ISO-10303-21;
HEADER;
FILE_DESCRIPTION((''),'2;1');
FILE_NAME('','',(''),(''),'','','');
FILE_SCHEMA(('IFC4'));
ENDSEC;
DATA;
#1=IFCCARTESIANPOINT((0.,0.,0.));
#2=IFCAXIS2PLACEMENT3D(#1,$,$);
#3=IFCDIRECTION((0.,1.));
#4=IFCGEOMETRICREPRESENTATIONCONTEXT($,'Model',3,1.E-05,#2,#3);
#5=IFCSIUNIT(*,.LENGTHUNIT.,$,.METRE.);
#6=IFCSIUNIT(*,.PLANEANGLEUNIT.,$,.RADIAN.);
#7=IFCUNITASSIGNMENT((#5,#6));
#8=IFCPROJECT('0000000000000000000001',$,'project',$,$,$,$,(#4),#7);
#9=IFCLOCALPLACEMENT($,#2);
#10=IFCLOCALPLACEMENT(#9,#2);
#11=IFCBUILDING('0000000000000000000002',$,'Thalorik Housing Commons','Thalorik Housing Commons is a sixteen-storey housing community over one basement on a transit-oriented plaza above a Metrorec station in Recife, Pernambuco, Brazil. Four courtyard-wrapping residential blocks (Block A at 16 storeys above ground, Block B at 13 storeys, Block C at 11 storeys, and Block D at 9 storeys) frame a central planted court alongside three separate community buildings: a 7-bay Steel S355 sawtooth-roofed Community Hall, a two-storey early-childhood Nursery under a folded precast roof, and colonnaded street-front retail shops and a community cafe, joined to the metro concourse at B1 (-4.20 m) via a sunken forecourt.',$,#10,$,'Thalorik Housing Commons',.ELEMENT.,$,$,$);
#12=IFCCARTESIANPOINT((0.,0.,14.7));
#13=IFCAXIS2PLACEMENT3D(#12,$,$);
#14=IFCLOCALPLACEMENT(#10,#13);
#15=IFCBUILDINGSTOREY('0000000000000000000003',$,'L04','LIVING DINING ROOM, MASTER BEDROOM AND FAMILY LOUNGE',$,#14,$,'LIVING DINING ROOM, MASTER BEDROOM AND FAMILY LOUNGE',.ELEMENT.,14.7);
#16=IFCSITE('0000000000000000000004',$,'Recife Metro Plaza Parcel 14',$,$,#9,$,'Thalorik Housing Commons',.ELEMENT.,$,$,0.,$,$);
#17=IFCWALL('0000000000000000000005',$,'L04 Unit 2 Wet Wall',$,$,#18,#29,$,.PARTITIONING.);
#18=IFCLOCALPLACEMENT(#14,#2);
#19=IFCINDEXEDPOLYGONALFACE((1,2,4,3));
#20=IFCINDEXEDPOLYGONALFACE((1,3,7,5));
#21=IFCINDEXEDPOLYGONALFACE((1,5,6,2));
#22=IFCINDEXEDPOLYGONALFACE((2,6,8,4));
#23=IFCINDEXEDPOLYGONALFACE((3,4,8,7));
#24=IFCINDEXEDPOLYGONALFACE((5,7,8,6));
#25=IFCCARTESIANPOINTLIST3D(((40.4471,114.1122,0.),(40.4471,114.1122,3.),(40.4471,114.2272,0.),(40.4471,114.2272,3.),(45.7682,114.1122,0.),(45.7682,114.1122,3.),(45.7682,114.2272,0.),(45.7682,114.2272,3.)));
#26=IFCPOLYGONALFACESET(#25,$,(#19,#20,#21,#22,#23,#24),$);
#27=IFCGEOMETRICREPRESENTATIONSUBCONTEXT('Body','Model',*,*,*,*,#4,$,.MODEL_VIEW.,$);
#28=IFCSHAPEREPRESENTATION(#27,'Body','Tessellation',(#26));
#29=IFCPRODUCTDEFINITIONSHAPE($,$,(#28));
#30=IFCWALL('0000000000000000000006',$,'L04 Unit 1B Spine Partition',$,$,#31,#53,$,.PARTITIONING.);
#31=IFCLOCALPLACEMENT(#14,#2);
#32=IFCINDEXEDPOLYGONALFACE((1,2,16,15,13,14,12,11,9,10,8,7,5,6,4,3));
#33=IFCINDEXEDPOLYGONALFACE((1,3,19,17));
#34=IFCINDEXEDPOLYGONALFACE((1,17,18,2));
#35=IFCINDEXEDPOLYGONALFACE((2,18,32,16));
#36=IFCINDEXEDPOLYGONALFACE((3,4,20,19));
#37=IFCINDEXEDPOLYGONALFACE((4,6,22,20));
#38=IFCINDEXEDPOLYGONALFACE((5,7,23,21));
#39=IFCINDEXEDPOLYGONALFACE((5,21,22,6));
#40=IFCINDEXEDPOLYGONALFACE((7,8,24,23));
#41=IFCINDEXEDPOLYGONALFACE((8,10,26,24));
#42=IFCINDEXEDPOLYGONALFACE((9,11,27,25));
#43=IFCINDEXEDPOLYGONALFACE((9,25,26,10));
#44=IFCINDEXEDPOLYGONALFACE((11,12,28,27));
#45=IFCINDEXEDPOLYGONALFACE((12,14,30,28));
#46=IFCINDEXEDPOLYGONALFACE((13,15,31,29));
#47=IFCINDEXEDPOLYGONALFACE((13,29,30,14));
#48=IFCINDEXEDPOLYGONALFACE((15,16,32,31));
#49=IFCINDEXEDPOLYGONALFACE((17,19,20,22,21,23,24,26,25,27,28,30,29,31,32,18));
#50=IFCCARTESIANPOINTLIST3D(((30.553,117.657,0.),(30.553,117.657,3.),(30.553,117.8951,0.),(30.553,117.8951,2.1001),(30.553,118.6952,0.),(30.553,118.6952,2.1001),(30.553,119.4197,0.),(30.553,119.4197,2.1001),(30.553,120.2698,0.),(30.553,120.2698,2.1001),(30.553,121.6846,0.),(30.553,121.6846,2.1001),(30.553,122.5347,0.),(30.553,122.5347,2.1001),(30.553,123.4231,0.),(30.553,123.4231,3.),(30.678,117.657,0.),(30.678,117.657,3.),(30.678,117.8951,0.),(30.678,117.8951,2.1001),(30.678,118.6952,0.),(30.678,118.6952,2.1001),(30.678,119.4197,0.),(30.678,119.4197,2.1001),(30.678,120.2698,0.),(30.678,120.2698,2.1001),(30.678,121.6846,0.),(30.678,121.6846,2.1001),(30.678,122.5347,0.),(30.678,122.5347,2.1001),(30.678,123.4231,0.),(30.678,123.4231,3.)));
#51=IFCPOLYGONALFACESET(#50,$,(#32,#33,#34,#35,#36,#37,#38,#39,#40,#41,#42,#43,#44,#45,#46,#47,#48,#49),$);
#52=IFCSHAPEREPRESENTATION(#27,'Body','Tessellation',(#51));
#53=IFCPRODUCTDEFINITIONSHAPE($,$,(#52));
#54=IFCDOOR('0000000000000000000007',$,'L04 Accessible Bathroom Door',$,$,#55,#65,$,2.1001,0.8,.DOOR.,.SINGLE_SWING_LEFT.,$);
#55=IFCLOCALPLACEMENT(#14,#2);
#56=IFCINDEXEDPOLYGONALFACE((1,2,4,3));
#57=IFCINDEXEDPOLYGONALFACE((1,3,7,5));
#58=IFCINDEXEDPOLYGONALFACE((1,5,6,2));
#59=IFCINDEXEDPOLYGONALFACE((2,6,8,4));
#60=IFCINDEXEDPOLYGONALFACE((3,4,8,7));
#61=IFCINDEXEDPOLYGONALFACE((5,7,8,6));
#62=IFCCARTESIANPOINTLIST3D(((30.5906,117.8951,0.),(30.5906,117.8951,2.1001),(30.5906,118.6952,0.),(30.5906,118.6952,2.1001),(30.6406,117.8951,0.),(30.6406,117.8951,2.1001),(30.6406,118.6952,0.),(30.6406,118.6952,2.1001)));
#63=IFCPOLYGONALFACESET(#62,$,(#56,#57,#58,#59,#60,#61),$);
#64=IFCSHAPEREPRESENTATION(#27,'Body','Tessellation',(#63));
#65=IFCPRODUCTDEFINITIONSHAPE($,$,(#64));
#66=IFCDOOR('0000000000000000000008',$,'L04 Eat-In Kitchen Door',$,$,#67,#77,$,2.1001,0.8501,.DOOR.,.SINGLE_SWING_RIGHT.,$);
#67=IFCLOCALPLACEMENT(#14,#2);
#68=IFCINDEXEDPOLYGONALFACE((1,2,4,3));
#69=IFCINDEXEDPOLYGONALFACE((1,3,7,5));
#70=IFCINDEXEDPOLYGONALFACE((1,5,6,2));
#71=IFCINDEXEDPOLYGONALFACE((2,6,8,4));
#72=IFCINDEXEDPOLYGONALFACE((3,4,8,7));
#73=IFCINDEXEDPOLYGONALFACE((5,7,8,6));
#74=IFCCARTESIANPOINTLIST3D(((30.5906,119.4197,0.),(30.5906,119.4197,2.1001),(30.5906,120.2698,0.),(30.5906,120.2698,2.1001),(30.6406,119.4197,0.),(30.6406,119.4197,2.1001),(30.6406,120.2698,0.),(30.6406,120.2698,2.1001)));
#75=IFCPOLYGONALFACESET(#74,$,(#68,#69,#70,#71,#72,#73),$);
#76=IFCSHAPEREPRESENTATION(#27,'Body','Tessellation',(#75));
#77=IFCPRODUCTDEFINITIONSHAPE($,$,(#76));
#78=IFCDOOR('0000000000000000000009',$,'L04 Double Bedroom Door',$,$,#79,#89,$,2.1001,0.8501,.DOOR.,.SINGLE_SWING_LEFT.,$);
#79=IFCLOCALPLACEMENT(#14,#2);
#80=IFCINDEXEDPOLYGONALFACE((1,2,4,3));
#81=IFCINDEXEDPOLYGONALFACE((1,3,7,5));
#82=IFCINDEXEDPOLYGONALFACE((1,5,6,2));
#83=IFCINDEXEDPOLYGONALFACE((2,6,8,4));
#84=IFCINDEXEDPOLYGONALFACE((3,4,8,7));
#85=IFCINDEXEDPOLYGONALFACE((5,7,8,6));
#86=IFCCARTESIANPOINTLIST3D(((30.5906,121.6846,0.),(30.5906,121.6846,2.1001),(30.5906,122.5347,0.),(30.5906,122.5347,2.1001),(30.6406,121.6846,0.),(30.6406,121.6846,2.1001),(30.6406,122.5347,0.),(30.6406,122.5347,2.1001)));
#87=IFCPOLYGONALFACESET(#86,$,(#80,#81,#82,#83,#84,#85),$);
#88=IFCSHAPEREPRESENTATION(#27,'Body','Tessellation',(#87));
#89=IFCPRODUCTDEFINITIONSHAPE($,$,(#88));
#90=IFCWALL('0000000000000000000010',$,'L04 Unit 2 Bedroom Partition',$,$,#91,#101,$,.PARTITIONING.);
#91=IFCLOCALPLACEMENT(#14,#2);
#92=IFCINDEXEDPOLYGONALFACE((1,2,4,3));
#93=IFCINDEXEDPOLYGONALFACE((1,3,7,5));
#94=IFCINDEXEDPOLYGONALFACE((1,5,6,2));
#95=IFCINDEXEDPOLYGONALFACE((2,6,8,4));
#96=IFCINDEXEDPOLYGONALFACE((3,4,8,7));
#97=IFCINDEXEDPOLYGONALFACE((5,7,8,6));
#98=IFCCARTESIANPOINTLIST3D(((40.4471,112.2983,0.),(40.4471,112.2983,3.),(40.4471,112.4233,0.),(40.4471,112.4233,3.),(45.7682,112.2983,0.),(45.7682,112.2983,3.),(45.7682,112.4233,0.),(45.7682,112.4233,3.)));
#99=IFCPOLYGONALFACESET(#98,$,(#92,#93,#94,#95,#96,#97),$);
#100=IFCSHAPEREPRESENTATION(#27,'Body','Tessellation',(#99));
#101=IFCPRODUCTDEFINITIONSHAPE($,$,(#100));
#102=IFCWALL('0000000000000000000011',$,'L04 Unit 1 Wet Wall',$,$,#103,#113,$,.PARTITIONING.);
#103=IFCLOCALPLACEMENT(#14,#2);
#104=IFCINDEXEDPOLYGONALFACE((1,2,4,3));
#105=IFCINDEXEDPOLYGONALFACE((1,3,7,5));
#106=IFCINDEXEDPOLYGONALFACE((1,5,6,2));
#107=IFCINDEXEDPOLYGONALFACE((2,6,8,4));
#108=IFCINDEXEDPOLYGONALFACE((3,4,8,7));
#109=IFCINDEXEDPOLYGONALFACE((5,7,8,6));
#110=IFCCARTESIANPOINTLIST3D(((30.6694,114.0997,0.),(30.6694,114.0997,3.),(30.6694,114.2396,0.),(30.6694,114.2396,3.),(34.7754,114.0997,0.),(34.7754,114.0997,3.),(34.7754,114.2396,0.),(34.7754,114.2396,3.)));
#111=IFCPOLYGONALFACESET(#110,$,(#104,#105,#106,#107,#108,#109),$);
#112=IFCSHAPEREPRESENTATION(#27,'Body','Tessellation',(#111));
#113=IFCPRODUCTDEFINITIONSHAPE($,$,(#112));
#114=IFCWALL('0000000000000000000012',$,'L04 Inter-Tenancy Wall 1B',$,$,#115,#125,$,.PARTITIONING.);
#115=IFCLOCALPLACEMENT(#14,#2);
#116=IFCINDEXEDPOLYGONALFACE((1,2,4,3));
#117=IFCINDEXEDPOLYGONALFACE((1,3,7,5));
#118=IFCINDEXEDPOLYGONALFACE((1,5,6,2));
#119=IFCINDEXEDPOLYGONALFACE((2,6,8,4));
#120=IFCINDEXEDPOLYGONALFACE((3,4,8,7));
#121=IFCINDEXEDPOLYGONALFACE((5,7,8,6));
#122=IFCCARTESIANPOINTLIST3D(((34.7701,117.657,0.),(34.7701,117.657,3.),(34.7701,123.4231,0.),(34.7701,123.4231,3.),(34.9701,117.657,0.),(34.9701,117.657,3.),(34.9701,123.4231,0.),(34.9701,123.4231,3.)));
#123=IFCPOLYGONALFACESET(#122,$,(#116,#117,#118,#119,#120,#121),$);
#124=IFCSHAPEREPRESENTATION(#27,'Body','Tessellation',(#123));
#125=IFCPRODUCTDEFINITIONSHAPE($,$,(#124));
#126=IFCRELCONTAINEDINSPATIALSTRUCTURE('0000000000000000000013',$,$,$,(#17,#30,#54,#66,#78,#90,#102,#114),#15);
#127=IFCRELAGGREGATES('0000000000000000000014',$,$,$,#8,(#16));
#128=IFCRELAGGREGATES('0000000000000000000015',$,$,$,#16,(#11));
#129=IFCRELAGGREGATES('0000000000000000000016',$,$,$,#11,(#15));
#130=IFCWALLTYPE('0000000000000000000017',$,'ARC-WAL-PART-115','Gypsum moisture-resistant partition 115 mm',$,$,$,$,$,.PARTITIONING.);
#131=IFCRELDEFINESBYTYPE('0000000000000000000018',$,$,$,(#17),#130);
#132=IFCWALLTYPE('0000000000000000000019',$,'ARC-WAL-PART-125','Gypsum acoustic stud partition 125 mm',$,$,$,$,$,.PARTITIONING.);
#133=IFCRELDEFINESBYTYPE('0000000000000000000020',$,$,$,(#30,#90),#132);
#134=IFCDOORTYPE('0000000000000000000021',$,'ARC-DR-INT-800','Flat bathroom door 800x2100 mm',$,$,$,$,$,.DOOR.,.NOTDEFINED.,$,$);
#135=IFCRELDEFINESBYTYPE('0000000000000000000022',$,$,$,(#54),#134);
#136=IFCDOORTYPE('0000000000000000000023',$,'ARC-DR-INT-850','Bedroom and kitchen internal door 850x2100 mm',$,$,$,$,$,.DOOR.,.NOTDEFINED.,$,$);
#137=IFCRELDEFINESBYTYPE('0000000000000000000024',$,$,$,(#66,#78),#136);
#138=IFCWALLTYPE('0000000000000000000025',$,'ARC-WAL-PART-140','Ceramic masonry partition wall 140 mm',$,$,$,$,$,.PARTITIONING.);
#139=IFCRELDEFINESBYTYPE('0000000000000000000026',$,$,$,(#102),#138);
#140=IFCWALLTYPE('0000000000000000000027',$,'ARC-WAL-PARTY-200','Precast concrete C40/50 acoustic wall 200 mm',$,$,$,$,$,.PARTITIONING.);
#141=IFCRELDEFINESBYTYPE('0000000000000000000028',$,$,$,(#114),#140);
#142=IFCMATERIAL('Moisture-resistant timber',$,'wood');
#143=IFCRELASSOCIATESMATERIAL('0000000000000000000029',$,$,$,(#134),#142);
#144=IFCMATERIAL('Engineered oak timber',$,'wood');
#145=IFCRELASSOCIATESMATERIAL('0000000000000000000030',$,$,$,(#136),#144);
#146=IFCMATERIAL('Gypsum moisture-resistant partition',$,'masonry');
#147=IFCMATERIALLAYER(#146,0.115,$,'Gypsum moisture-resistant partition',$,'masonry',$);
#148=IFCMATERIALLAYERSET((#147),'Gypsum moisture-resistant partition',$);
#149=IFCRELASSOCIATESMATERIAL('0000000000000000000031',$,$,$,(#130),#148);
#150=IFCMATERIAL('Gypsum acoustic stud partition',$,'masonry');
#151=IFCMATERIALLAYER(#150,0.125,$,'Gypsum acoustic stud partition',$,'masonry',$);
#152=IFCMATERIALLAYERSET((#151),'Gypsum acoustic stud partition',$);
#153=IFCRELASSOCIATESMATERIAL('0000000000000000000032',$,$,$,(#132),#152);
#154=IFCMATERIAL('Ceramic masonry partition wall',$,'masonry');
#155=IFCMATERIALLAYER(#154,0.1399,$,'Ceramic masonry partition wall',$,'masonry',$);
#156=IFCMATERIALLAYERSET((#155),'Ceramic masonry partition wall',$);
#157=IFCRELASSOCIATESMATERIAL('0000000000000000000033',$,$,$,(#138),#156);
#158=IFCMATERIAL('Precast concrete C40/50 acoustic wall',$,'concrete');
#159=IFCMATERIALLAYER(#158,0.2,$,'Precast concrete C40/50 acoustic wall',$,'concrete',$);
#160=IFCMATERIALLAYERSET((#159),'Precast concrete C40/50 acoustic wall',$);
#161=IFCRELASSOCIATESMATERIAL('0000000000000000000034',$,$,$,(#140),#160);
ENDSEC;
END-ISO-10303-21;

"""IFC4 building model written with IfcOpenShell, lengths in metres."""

from ifc_helpers import new_model, si_unit, direction, frame, frame_2d, origin, place, context, subcontext, project, spatial, rectangle, extrude, material, layer, layer_set, type_object, element, fill, save


model = new_model("IFC4")

# Units and contexts
model_context = context("Model", 3, precision=1e-05, world=origin(), true_north=direction((0.0, 1.0)))
body_context = subcontext(model_context, "Body", "Model", "MODEL_VIEW")
ifc_project = project(units=[si_unit("LENGTHUNIT", "METRE"), si_unit("PLANEANGLEUNIT", "RADIAN")], contexts=[model_context])

# Site, building, storey
site_placement = place(None, origin())
site = spatial("IfcSite", under=ifc_project, at=site_placement, Name="Recife Metro Plaza Parcel 14", LongName="Thalorik Housing Commons", CompositionType="ELEMENT", RefElevation=0.0)
building_placement = place(site_placement, origin())
building = spatial("IfcBuilding", under=site, at=building_placement, Name="Thalorik Housing Commons", Description="Thalorik Housing Commons is a sixteen-storey housing community over one basement on a transit-oriented plaza above a Metrorec station in Recife, Pernambuco, Brazil. Four courtyard-wrapping residential blocks (Block A at 16 storeys above ground, Block B at 13 storeys, Block C at 11 storeys, and Block D at 9 storeys) frame a central planted court alongside three separate community buildings: a 7-bay Steel S355 sawtooth-roofed Community Hall, a two-storey early-childhood Nursery under a folded precast roof, and colonnaded street-front retail shops and a community cafe, joined to the metro concourse at B1 (-4.20 m) via a sunken forecourt.", LongName="Thalorik Housing Commons", CompositionType="ELEMENT")
storey_placement = place(building_placement, frame((0.0, 0.0, 14.7)))
storey = spatial("IfcBuildingStorey", under=building, at=storey_placement, Name="L04", Description="LIVING DINING ROOM, MASTER BEDROOM AND FAMILY LOUNGE", LongName="LIVING DINING ROOM, MASTER BEDROOM AND FAMILY LOUNGE", CompositionType="ELEMENT", Elevation=14.7)

# Shared definitions
ifc_material_1 = material(Name="Moisture-resistant timber", Category="wood")
door_type_1 = type_object("IfcDoorType", Name="ARC-DR-INT-800", Description="Flat bathroom door 800x2100 mm", OperationType="NOTDEFINED", PredefinedType="DOOR", material=ifc_material_1)
ifc_material_2 = material(Name="Engineered oak timber", Category="wood")
door_type_2 = type_object("IfcDoorType", Name="ARC-DR-INT-850", Description="Bedroom and kitchen internal door 850x2100 mm", OperationType="NOTDEFINED", PredefinedType="DOOR", material=ifc_material_2)

# Wall
ifc_material_3 = material(Name="Gypsum moisture-resistant partition", Category="masonry")
ifc_layer_1 = layer(ifc_material_3, 0.115, Name="Gypsum moisture-resistant partition", Category="masonry")
ifc_layer_set_1 = layer_set([ifc_layer_1], Name="Gypsum moisture-resistant partition")
wall_type_1 = type_object("IfcWallType", Name="ARC-WAL-PART-115", Description="Gypsum moisture-resistant partition 115 mm", PredefinedType="PARTITIONING", material=ifc_layer_set_1)
wall_1_placement = place(storey_placement, frame((40.447, 114.1697, 0.0), z_axis=(0.0, 0.0, 1.0), x_axis=(1.0, 0.0, 0.0)))
element("IfcWall", 1, at=wall_1_placement, inside=storey, type_object=wall_type_1, Name="L04 Unit 2 Wet Wall", PredefinedType="PARTITIONING", context=body_context, shape_type="SweptSolid", body=[
    extrude(rectangle(XDim=5.321, YDim=0.115, at=frame_2d((2.6606, 0.0))), origin(), (0.0, 0.0, 1.0), 3.0),
])

# Wall, openings, doors
ifc_material_4 = material(Name="Gypsum acoustic stud partition", Category="masonry")
ifc_layer_2 = layer(ifc_material_4, 0.125, Name="Gypsum acoustic stud partition", Category="masonry")
ifc_layer_set_2 = layer_set([ifc_layer_2], Name="Gypsum acoustic stud partition")
wall_type_2 = type_object("IfcWallType", Name="ARC-WAL-PART-125", Description="Gypsum acoustic stud partition 125 mm", PredefinedType="PARTITIONING", material=ifc_layer_set_2)
wall_2_placement = place(storey_placement, frame((30.6155, 117.657, 0.0), z_axis=(0.0, 0.0, 1.0), x_axis=(0.0, 1.0, 0.0)))
wall_2 = element("IfcWall", 2, at=wall_2_placement, inside=storey, type_object=wall_type_2, Name="L04 Unit 1B Spine Partition", PredefinedType="PARTITIONING", context=body_context, shape_type="SweptSolid", body=[
    extrude(rectangle(XDim=5.7661, YDim=0.125, at=frame_2d((2.8831, 0.0))), origin(), (0.0, 0.0, 1.0), 3.0),
])
opening_1_placement = place(wall_2_placement, frame((0.2383, 0.0, 0.0)))
opening_1 = element("IfcOpeningElement", 3, at=opening_1_placement, cuts=wall_2, PredefinedType="OPENING", context=body_context, shape_type="SweptSolid", body=[
    extrude(rectangle(XDim=0.8, YDim=2.1001, at=frame_2d((0.3999, 1.05))), frame((0.0, 0.0725, 0.0), z_axis=(0.0, -1.0, 0.0), x_axis=(1.0, 0.0, 0.0)), (0.0, 0.0, 1.0), 0.145),
])
opening_2_placement = place(wall_2_placement, frame((1.7627, 0.0, 0.0)))
opening_2 = element("IfcOpeningElement", 4, at=opening_2_placement, cuts=wall_2, PredefinedType="OPENING", context=body_context, shape_type="SweptSolid", body=[
    extrude(rectangle(XDim=0.8501, YDim=2.1001, at=frame_2d((0.425, 1.05))), frame((0.0, 0.0725, 0.0), z_axis=(0.0, -1.0, 0.0), x_axis=(1.0, 0.0, 0.0)), (0.0, 0.0, 1.0), 0.145),
])
opening_3_placement = place(wall_2_placement, frame((4.0276, 0.0, 0.0)))
opening_3 = element("IfcOpeningElement", 5, at=opening_3_placement, cuts=wall_2, PredefinedType="OPENING", context=body_context, shape_type="SweptSolid", body=[
    extrude(rectangle(XDim=0.8501, YDim=2.1001, at=frame_2d((0.425, 1.05))), frame((0.0, 0.0725, 0.0), z_axis=(0.0, -1.0, 0.0), x_axis=(1.0, 0.0, 0.0)), (0.0, 0.0, 1.0), 0.145),
])
door_1_placement = place(opening_1_placement, origin())
door_1 = element("IfcDoor", 6, at=door_1_placement, inside=storey, type_object=door_type_1, Name="L04 Accessible Bathroom Door", OperationType="SINGLE_SWING_LEFT", OverallHeight=2.1001, OverallWidth=0.8, PredefinedType="DOOR", context=body_context, shape_type="SweptSolid", body=[
    extrude(rectangle(XDim=0.8, YDim=2.1001, at=frame_2d((0.3999, 1.05))), frame((0.0, 0.0249, 0.0), z_axis=(0.0, -1.0, 0.0), x_axis=(1.0, 0.0, 0.0)), (0.0, 0.0, 1.0), 0.05),
])
fill(opening_1, door_1)
door_2_placement = place(opening_2_placement, origin())
door_2 = element("IfcDoor", 7, at=door_2_placement, inside=storey, type_object=door_type_2, Name="L04 Eat-In Kitchen Door", OperationType="SINGLE_SWING_RIGHT", OverallHeight=2.1001, OverallWidth=0.8501, PredefinedType="DOOR", context=body_context, shape_type="SweptSolid", body=[
    extrude(rectangle(XDim=0.8501, YDim=2.1001, at=frame_2d((0.425, 1.05))), frame((0.0, 0.0249, 0.0), z_axis=(0.0, -1.0, 0.0), x_axis=(1.0, 0.0, 0.0)), (0.0, 0.0, 1.0), 0.05),
])
fill(opening_2, door_2)
door_3_placement = place(opening_3_placement, origin())
door_3 = element("IfcDoor", 8, at=door_3_placement, inside=storey, type_object=door_type_2, Name="L04 Double Bedroom Door", OperationType="SINGLE_SWING_LEFT", OverallHeight=2.1001, OverallWidth=0.8501, PredefinedType="DOOR", context=body_context, shape_type="SweptSolid", body=[
    extrude(rectangle(XDim=0.8501, YDim=2.1001, at=frame_2d((0.425, 1.05))), frame((0.0, 0.0249, 0.0), z_axis=(0.0, -1.0, 0.0), x_axis=(1.0, 0.0, 0.0)), (0.0, 0.0, 1.0), 0.05),
])
fill(opening_3, door_3)

# Walls
wall_3_placement = place(storey_placement, frame((40.447, 112.3608, 0.0), z_axis=(0.0, 0.0, 1.0), x_axis=(1.0, 0.0, 0.0)))
element("IfcWall", 9, at=wall_3_placement, inside=storey, type_object=wall_type_2, Name="L04 Unit 2 Bedroom Partition", PredefinedType="PARTITIONING", context=body_context, shape_type="SweptSolid", body=[
    extrude(rectangle(XDim=5.321, YDim=0.125, at=frame_2d((2.6606, 0.0))), origin(), (0.0, 0.0, 1.0), 3.0),
])
ifc_material_5 = material(Name="Ceramic masonry partition wall", Category="masonry")
ifc_layer_3 = layer(ifc_material_5, 0.1399, Name="Ceramic masonry partition wall", Category="masonry")
ifc_layer_set_3 = layer_set([ifc_layer_3], Name="Ceramic masonry partition wall")
wall_type_3 = type_object("IfcWallType", Name="ARC-WAL-PART-140", Description="Ceramic masonry partition wall 140 mm", PredefinedType="PARTITIONING", material=ifc_layer_set_3)
wall_4_placement = place(storey_placement, frame((30.6694, 114.1697, 0.0), z_axis=(0.0, 0.0, 1.0), x_axis=(1.0, 0.0, 0.0)))
element("IfcWall", 10, at=wall_4_placement, inside=storey, type_object=wall_type_3, Name="L04 Unit 1 Wet Wall", PredefinedType="PARTITIONING", context=body_context, shape_type="SweptSolid", body=[
    extrude(rectangle(XDim=4.106, YDim=0.1399, at=frame_2d((2.053, 0.0))), origin(), (0.0, 0.0, 1.0), 3.0),
])
ifc_material_6 = material(Name="Precast concrete C40/50 acoustic wall", Category="concrete")
ifc_layer_4 = layer(ifc_material_6, 0.2, Name="Precast concrete C40/50 acoustic wall", Category="concrete")
ifc_layer_set_4 = layer_set([ifc_layer_4], Name="Precast concrete C40/50 acoustic wall")
wall_type_4 = type_object("IfcWallType", Name="ARC-WAL-PARTY-200", Description="Precast concrete C40/50 acoustic wall 200 mm", PredefinedType="PARTITIONING", material=ifc_layer_set_4)
wall_5_placement = place(storey_placement, frame((34.8701, 117.657, 0.0), z_axis=(0.0, 0.0, 1.0), x_axis=(0.0, 1.0, 0.0)))
element("IfcWall", 11, at=wall_5_placement, inside=storey, type_object=wall_type_4, Name="L04 Inter-Tenancy Wall 1B", PredefinedType="PARTITIONING", context=body_context, shape_type="SweptSolid", body=[
    extrude(rectangle(XDim=5.7661, YDim=0.2, at=frame_2d((2.8831, 0.0))), origin(), (0.0, 0.0, 1.0), 3.0),
])

save(model, "model.ifc")
